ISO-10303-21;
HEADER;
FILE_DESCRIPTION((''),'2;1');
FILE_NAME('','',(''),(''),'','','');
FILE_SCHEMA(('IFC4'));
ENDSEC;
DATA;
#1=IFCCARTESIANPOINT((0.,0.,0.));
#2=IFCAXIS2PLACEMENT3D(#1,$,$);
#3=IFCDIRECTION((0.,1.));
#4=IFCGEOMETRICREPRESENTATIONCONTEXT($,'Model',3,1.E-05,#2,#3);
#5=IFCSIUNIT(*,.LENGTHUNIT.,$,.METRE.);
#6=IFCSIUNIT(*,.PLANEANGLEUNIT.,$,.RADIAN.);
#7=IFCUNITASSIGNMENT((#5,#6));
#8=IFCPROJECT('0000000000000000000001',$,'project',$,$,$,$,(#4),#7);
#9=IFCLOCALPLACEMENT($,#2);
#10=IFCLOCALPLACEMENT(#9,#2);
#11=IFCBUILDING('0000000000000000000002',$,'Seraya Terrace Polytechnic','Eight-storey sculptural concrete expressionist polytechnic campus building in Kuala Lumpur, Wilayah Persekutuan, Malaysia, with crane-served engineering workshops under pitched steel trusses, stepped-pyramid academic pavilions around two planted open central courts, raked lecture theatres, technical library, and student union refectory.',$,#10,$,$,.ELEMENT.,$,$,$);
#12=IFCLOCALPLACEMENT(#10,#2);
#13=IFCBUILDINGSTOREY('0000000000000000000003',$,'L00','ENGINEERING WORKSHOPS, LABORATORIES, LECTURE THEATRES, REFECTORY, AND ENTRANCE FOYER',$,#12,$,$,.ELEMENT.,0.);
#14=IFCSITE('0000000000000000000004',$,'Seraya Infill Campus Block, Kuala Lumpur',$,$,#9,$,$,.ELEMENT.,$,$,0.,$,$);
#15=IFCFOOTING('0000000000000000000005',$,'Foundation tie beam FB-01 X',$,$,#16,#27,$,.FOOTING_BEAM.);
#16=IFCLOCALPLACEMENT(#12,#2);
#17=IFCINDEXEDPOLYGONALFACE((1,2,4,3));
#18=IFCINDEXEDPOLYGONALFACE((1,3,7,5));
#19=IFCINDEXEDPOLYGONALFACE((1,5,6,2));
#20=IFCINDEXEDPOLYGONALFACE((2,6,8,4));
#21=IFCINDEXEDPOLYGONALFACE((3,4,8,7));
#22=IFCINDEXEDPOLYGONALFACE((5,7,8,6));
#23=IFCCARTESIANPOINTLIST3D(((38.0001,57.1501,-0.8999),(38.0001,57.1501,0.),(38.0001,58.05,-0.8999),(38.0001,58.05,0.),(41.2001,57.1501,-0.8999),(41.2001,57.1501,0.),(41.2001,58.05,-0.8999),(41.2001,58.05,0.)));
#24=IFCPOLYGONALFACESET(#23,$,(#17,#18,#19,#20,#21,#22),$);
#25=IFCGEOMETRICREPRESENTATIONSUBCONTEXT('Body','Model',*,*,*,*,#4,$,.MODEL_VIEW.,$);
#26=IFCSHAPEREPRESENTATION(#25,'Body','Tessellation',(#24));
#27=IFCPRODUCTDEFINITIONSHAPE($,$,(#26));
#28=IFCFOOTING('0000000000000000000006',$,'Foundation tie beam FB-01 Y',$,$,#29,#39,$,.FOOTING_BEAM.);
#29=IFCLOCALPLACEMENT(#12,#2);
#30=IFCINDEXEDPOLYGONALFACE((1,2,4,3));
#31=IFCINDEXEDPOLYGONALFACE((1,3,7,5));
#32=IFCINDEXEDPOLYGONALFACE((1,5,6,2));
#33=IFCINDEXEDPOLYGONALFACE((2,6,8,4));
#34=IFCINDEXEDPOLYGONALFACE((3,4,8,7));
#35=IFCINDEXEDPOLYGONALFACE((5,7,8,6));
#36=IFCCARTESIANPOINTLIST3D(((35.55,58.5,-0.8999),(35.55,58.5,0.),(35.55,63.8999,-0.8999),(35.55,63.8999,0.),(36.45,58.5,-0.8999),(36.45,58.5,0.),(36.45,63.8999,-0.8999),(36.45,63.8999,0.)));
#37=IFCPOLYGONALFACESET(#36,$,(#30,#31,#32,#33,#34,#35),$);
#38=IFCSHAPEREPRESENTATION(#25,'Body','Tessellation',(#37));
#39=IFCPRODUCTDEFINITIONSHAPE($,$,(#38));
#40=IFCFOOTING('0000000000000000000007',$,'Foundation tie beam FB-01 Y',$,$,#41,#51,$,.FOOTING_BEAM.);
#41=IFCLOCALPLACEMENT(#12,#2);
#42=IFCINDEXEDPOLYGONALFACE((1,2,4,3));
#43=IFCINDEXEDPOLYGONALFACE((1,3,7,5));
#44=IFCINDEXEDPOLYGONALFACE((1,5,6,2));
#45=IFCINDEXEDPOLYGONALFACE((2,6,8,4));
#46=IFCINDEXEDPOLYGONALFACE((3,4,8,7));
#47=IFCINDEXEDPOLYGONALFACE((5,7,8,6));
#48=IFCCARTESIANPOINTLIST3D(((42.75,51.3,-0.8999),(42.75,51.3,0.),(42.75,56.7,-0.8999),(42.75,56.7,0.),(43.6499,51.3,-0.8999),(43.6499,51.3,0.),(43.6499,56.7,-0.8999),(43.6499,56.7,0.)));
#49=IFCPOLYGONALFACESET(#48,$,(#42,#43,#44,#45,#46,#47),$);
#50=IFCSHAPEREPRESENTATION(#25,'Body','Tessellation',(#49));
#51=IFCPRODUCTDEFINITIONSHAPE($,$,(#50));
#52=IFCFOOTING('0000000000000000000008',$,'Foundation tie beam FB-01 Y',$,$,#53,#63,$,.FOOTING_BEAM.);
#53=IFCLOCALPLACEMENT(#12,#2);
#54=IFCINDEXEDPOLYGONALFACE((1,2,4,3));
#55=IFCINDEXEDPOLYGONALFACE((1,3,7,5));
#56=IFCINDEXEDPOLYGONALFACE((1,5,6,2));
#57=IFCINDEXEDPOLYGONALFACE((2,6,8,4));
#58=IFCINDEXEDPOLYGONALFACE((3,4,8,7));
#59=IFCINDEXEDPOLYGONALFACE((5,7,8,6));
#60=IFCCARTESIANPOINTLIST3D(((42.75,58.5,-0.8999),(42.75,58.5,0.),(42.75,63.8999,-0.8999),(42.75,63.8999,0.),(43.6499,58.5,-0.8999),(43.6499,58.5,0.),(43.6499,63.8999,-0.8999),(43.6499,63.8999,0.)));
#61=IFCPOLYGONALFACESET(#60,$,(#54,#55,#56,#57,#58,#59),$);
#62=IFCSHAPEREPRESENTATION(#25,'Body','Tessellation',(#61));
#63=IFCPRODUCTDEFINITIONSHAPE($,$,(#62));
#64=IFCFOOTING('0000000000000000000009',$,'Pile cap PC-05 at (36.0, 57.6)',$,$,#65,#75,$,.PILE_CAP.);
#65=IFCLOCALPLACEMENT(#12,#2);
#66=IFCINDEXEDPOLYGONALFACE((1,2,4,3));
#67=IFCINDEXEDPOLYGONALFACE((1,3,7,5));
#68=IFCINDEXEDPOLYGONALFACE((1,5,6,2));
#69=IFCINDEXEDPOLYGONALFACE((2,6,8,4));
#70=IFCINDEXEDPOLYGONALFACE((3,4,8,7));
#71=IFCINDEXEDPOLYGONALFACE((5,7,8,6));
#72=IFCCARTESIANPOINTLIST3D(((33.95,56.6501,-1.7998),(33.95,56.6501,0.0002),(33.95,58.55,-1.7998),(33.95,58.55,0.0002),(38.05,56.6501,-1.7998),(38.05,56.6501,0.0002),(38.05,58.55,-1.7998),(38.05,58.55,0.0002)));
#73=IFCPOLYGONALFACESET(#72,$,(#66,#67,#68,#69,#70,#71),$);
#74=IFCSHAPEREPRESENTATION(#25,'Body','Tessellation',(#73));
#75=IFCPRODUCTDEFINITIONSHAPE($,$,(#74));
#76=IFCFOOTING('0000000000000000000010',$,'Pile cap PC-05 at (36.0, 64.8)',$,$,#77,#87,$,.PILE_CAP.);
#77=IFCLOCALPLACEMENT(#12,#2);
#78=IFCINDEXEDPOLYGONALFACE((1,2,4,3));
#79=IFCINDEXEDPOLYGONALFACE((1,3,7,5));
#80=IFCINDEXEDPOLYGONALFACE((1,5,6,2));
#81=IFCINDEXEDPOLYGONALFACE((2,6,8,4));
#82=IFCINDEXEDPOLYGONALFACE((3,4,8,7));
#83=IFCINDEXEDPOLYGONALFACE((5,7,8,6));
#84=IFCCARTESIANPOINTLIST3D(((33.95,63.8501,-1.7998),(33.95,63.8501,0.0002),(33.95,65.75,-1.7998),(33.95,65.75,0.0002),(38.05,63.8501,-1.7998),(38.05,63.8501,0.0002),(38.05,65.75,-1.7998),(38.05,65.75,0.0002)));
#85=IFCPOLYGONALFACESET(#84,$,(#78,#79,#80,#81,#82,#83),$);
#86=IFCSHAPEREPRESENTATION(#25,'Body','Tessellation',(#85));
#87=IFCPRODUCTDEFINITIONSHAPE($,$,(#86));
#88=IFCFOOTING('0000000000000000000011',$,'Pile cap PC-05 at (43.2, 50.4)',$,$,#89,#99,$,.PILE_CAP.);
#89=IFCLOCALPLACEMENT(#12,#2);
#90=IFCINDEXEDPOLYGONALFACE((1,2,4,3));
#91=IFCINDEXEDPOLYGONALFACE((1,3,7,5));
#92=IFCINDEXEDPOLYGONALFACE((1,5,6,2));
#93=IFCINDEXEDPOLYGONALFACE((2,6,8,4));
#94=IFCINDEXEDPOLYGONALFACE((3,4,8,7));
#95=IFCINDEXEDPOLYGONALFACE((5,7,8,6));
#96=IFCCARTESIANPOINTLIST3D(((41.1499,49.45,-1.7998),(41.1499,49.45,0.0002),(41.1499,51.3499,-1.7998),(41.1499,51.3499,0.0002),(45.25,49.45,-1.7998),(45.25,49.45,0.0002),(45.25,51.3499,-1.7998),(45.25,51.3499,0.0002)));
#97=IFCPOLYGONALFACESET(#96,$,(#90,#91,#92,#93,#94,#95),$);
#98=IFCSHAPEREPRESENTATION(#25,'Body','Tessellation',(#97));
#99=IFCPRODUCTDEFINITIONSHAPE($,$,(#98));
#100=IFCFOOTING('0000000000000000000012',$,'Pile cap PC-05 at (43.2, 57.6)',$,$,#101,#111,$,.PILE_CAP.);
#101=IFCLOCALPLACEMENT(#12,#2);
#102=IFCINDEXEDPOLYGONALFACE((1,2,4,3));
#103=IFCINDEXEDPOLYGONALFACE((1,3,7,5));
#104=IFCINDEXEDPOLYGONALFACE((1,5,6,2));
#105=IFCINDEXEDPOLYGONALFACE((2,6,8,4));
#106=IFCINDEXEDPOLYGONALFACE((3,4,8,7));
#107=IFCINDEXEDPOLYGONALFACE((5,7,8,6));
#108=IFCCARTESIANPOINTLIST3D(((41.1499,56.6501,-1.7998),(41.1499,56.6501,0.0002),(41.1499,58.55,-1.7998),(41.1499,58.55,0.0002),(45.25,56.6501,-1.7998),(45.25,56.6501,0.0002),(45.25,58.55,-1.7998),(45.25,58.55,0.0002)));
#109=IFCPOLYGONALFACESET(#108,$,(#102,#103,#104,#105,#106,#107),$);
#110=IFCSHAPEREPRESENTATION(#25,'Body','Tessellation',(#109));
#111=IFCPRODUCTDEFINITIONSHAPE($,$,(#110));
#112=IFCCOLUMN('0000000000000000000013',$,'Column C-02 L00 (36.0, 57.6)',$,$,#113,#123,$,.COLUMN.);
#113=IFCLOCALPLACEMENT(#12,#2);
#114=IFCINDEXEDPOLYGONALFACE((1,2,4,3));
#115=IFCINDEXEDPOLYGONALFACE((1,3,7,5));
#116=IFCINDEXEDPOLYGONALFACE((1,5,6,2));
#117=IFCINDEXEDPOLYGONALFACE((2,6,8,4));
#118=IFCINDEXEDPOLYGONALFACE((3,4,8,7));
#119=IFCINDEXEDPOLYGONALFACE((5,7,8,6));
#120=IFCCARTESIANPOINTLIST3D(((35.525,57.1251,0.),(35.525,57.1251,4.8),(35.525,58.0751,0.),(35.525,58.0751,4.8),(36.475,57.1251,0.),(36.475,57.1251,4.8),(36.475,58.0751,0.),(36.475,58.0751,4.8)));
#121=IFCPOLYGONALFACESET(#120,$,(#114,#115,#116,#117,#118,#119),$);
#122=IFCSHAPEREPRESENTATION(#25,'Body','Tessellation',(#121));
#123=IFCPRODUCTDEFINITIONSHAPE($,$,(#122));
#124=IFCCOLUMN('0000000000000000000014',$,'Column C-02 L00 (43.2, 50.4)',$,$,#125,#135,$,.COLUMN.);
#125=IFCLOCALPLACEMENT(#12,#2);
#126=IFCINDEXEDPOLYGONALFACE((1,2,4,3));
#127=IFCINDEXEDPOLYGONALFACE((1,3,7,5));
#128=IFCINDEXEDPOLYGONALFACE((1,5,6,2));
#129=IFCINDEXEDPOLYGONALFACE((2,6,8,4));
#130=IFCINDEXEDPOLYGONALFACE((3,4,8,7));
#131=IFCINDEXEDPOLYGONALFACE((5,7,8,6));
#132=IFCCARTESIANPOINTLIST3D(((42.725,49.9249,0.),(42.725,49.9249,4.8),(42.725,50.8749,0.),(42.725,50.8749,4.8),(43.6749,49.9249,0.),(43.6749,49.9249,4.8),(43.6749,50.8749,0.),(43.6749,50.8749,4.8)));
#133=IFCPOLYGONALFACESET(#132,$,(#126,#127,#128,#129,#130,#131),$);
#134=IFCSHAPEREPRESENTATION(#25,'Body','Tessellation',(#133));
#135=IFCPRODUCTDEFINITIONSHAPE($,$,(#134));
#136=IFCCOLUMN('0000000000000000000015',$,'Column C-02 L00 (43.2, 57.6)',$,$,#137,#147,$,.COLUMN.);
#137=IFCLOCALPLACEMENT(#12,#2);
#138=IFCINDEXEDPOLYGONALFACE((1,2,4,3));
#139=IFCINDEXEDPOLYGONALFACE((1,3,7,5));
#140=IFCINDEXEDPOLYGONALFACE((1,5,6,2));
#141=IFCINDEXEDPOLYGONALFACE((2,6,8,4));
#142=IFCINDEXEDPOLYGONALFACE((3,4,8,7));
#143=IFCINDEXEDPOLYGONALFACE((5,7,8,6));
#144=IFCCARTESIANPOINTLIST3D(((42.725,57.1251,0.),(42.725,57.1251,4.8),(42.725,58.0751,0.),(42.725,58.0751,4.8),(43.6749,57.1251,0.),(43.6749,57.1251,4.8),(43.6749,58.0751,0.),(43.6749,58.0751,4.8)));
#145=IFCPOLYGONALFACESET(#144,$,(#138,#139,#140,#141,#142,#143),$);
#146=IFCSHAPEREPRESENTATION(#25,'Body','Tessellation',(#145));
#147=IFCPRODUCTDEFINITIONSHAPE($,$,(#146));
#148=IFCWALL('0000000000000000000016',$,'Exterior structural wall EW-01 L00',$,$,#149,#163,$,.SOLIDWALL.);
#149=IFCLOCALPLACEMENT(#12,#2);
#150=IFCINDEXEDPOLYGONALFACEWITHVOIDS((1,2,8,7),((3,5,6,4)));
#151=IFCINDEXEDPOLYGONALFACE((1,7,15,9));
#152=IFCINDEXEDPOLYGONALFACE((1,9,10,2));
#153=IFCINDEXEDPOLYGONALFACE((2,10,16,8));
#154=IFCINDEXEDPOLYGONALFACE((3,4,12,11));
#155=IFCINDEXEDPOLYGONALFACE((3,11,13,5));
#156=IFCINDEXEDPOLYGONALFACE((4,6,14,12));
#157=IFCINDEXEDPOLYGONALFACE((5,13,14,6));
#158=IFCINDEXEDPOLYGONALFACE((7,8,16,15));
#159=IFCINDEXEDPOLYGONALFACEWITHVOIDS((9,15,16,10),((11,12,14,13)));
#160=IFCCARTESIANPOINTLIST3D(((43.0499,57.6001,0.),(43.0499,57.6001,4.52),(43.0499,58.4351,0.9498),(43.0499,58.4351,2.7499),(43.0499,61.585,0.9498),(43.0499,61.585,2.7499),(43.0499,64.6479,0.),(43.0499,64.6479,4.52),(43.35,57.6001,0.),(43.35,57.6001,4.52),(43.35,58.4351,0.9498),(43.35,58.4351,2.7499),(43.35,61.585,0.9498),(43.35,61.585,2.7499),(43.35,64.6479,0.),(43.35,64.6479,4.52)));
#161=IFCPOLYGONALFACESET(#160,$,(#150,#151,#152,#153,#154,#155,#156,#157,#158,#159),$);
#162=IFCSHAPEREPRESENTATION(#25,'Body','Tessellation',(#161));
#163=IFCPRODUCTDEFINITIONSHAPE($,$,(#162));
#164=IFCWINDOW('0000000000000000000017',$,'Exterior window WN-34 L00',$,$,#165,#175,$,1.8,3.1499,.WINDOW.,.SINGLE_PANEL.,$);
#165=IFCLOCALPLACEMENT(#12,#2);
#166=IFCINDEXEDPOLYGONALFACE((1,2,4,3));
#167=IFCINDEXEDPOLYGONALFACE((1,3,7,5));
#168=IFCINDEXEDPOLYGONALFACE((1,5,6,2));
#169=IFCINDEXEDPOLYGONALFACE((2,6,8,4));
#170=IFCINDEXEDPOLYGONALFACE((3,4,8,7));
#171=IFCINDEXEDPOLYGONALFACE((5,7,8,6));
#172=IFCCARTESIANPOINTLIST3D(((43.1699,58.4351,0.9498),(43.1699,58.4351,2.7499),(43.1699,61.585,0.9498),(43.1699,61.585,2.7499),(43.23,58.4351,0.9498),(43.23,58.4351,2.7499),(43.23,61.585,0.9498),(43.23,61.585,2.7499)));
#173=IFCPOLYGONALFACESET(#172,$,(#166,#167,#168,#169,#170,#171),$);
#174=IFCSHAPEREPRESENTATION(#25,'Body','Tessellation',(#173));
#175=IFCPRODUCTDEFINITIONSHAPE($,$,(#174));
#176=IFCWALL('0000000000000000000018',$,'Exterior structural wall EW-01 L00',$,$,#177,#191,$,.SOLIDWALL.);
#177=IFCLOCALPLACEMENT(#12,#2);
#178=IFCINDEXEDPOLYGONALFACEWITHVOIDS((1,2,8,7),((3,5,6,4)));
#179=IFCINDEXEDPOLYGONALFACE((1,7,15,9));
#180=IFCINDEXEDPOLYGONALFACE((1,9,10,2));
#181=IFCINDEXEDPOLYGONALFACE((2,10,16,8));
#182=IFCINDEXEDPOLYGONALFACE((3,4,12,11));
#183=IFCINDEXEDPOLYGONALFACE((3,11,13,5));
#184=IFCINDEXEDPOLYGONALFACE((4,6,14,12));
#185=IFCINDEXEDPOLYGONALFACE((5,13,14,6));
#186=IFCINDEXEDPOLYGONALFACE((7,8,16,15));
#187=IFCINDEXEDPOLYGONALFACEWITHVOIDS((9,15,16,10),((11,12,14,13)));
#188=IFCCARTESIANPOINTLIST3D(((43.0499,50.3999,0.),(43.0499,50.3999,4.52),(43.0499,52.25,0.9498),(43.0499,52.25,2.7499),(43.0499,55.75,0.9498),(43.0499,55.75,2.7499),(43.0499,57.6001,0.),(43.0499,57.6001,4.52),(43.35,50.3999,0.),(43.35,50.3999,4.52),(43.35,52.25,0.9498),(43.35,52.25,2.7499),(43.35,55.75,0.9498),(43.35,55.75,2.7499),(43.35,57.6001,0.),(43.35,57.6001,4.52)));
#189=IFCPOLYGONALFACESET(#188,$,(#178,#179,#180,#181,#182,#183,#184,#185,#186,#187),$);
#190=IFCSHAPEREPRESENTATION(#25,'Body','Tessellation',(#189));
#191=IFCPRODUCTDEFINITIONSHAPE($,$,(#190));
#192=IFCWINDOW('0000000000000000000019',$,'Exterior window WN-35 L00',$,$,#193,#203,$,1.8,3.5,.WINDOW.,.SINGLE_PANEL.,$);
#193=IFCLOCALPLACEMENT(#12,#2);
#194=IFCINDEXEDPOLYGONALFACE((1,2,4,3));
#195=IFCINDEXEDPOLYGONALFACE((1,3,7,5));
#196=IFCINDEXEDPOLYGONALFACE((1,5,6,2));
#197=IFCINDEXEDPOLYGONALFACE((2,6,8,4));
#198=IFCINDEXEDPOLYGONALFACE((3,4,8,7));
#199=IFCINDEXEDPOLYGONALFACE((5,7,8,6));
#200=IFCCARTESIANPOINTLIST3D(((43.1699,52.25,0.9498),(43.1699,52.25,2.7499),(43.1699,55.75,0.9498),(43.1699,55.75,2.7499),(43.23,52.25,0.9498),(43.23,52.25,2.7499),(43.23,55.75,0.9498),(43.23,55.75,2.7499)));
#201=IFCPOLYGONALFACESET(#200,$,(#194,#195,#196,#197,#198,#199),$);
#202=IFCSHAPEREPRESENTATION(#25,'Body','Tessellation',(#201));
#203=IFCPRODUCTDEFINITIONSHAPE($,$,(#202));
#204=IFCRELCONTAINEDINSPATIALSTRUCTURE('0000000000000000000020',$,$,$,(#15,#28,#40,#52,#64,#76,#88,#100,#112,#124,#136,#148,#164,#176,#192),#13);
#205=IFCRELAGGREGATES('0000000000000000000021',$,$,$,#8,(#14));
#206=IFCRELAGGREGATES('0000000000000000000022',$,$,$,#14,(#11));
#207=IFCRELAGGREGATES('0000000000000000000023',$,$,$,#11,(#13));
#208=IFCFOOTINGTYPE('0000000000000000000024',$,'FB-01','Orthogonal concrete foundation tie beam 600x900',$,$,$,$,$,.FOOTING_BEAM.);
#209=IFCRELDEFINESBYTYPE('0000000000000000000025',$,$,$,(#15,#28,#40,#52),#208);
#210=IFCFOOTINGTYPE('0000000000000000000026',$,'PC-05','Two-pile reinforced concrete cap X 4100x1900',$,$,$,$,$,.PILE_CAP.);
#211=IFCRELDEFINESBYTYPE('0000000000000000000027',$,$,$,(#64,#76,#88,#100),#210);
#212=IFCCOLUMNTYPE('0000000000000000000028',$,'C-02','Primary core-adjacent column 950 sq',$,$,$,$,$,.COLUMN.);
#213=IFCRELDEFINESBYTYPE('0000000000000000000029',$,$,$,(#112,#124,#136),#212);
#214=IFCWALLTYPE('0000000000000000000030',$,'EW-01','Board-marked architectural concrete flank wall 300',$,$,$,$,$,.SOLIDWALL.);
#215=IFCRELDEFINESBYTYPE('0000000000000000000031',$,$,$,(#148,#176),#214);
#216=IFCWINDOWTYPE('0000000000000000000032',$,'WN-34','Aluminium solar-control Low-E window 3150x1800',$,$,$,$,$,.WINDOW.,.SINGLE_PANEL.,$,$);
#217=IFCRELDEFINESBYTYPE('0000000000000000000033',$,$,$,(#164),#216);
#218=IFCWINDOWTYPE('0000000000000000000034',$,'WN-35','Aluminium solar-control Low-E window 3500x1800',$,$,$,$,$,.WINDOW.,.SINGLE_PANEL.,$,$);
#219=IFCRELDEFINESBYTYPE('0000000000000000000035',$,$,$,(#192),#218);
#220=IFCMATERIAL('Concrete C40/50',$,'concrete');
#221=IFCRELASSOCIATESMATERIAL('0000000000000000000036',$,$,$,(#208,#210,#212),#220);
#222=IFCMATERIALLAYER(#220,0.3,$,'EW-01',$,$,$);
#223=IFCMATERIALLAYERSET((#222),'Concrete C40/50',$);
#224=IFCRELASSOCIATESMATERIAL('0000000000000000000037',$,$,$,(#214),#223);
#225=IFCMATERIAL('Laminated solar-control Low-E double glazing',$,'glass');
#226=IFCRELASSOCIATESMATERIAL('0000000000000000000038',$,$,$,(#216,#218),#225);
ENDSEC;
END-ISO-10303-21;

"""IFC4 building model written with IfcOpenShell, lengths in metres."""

from ifc_helpers import new_model, si_unit, direction, frame, frame_2d, origin, origin_2d, place, context, subcontext, project, spatial, rectangle, extrude, material, layer, layer_set, material_profile, profile_set, type_object, element, fill, save


model = new_model("IFC4")

# Units and contexts
model_context = context("Model", 3, precision=1e-05, world=origin(), true_north=direction((0.0, 1.0)))
body_context = subcontext(model_context, "Body", "Model", "MODEL_VIEW")
ifc_project = project(units=[si_unit("LENGTHUNIT", "METRE"), si_unit("PLANEANGLEUNIT", "RADIAN")], contexts=[model_context])

# Site, building, storey
site_placement = place(None, origin())
site = spatial("IfcSite", under=ifc_project, at=site_placement, Name="Seraya Infill Campus Block, Kuala Lumpur", CompositionType="ELEMENT", RefElevation=0.0)
building_placement = place(site_placement, origin())
building = spatial("IfcBuilding", under=site, at=building_placement, Name="Seraya Terrace Polytechnic", Description="Eight-storey sculptural concrete expressionist polytechnic campus building in Kuala Lumpur, Wilayah Persekutuan, Malaysia, with crane-served engineering workshops under pitched steel trusses, stepped-pyramid academic pavilions around two planted open central courts, raked lecture theatres, technical library, and student union refectory.", CompositionType="ELEMENT")
storey_placement = place(building_placement, origin())
storey = spatial("IfcBuildingStorey", under=building, at=storey_placement, Name="L00", Description="ENGINEERING WORKSHOPS, LABORATORIES, LECTURE THEATRES, REFECTORY, AND ENTRANCE FOYER", CompositionType="ELEMENT", Elevation=0.0)

# Shared definitions
ifc_material_1 = material(Name="Concrete C40/50", Category="concrete")

# Footings
footing_type_1 = type_object("IfcFootingType", Name="FB-01", Description="Orthogonal concrete foundation tie beam 600x900", PredefinedType="FOOTING_BEAM", material=ifc_material_1)
footing_1_placement = place(storey_placement, frame((39.6001, 57.6001, -0.8999), z_axis=(0.0, 0.0, 1.0), x_axis=(1.0, 0.0, 0.0)))
element("IfcFooting", 1, at=footing_1_placement, inside=storey, type_object=footing_type_1, Name="Foundation tie beam FB-01 X", PredefinedType="FOOTING_BEAM", context=body_context, shape_type="SweptSolid", body=[
    extrude(rectangle(XDim=3.2, YDim=0.8999, at=origin_2d()), origin(), (0.0, 0.0, 1.0), 0.8999),
])
for number, where, z_axis, x_axis, name in (
    (2, (36.0, 61.2, -0.8999), (0.0, 0.0, 1.0), (0.0, 1.0, 0.0), "Foundation tie beam FB-01 Y"),
    (3, (43.2, 54.0, -0.8999), (0.0, 0.0, 1.0), (0.0, 1.0, 0.0), "Foundation tie beam FB-01 Y"),
    (4, (43.2, 61.2, -0.8999), (0.0, 0.0, 1.0), (0.0, 1.0, 0.0), "Foundation tie beam FB-01 Y"),
):
    element("IfcFooting", number, at=place(storey_placement, frame(where, z_axis=z_axis, x_axis=x_axis)), inside=storey, type_object=footing_type_1, Name=name, PredefinedType="FOOTING_BEAM", context=body_context, shape_type="SweptSolid", body=[
        extrude(rectangle(XDim=5.3999, YDim=0.8999, at=origin_2d()), origin(), (0.0, 0.0, 1.0), 0.8999),
    ])
footing_type_2 = type_object("IfcFootingType", Name="PC-05", Description="Two-pile reinforced concrete cap X 4100x1900", PredefinedType="PILE_CAP", material=ifc_material_1)
for number, where, z_axis, x_axis, name in (
    (5, (36.0, 57.6001, -1.7998), (0.0, 0.0, 1.0), (1.0, 0.0, 0.0), "Pile cap PC-05 at (36.0, 57.6)"),
    (6, (36.0, 64.8, -1.7998), (0.0, 0.0, 1.0), (1.0, 0.0, 0.0), "Pile cap PC-05 at (36.0, 64.8)"),
    (7, (43.2, 50.3999, -1.7998), (0.0, 0.0, 1.0), (1.0, 0.0, 0.0), "Pile cap PC-05 at (43.2, 50.4)"),
    (8, (43.2, 57.6001, -1.7998), (0.0, 0.0, 1.0), (1.0, 0.0, 0.0), "Pile cap PC-05 at (43.2, 57.6)"),
):
    element("IfcFooting", number, at=place(storey_placement, frame(where, z_axis=z_axis, x_axis=x_axis)), inside=storey, type_object=footing_type_2, Name=name, PredefinedType="PILE_CAP", context=body_context, shape_type="SweptSolid", body=[
        extrude(rectangle(XDim=4.1001, YDim=1.8999, at=origin_2d()), origin(), (0.0, 0.0, 1.0), 1.8),
    ])

# Columns
ifc_material_profile_1 = material_profile(ifc_material_1, rectangle(XDim=0.95, YDim=0.95, at=origin_2d()), Name="RC 950x950")
ifc_profile_set_1 = profile_set([ifc_material_profile_1], Name="Concrete C40/50")
column_type = type_object("IfcColumnType", Name="C-02", Description="Primary core-adjacent column 950 sq", PredefinedType="COLUMN", material=ifc_profile_set_1)
for number, where, z_axis, x_axis, name in (
    (9, (36.0, 57.6001, 0.0), (0.0, 0.0, 1.0), (1.0, 0.0, 0.0), "Column C-02 L00 (36.0, 57.6)"),
    (10, (43.2, 50.3999, 0.0), (0.0, 0.0, 1.0), (1.0, 0.0, 0.0), "Column C-02 L00 (43.2, 50.4)"),
    (11, (43.2, 57.6001, 0.0), (0.0, 0.0, 1.0), (1.0, 0.0, 0.0), "Column C-02 L00 (43.2, 57.6)"),
):
    element("IfcColumn", number, at=place(storey_placement, frame(where, z_axis=z_axis, x_axis=x_axis)), inside=storey, type_object=column_type, Name=name, PredefinedType="COLUMN", context=body_context, shape_type="SweptSolid", body=[
        extrude(rectangle(XDim=0.95, YDim=0.95, at=origin_2d()), origin(), (0.0, 0.0, 1.0), 4.8),
    ])

# Walls, openings, windows
ifc_layer_1 = layer(ifc_material_1, 0.3, Name="EW-01")
ifc_layer_set_1 = layer_set([ifc_layer_1], Name="Concrete C40/50")
wall_type_1 = type_object("IfcWallType", Name="EW-01", Description="Board-marked architectural concrete flank wall 300", PredefinedType="SOLIDWALL", material=ifc_layer_set_1)
wall_1_placement = place(storey_placement, frame((43.2, 64.6479, 0.0), z_axis=(0.0, 0.0, 1.0), x_axis=(0.0, -1.0, 0.0)))
wall_1 = element("IfcWall", 12, at=wall_1_placement, inside=storey, type_object=wall_type_1, Name="Exterior structural wall EW-01 L00", PredefinedType="SOLIDWALL", context=body_context, shape_type="SweptSolid", body=[
    extrude(rectangle(XDim=7.0479, YDim=0.3, at=frame_2d((3.5239, 0.0))), origin(), (0.0, 0.0, 1.0), 4.52),
])
opening_1_placement = place(wall_1_placement, frame((3.063, 0.0, 0.95)))
opening_1 = element("IfcOpeningElement", 13, at=opening_1_placement, cuts=wall_1, PredefinedType="OPENING", context=body_context, shape_type="SweptSolid", body=[
    extrude(rectangle(XDim=3.1499, YDim=1.8, at=frame_2d((1.575, 0.8999))), frame((0.0, 0.1621, 0.0), z_axis=(0.0, -1.0, 0.0), x_axis=(1.0, 0.0, 0.0)), (0.0, 0.0, 1.0), 0.324),
])
ifc_material_2 = material(Name="Laminated solar-control Low-E double glazing", Category="glass")
window_type_1 = type_object("IfcWindowType", Name="WN-34", Description="Aluminium solar-control Low-E window 3150x1800", PartitioningType="SINGLE_PANEL", PredefinedType="WINDOW", material=ifc_material_2)
window_1_placement = place(opening_1_placement, origin())
window_1 = element("IfcWindow", 14, at=window_1_placement, inside=storey, type_object=window_type_1, Name="Exterior window WN-34 L00", OverallHeight=1.8, OverallWidth=3.1499, PartitioningType="SINGLE_PANEL", PredefinedType="WINDOW", context=body_context, shape_type="SweptSolid", body=[
    extrude(rectangle(XDim=3.1499, YDim=1.8, at=frame_2d((1.575, 0.8999))), frame((0.0, 0.03, 0.0), z_axis=(0.0, -1.0, 0.0), x_axis=(1.0, 0.0, 0.0)), (0.0, 0.0, 1.0), 0.0601),
])
fill(opening_1, window_1)
wall_2_placement = place(storey_placement, frame((43.2, 57.6001, 0.0), z_axis=(0.0, 0.0, 1.0), x_axis=(0.0, -1.0, 0.0)))
wall_2 = element("IfcWall", 15, at=wall_2_placement, inside=storey, type_object=wall_type_1, Name="Exterior structural wall EW-01 L00", PredefinedType="SOLIDWALL", context=body_context, shape_type="SweptSolid", body=[
    extrude(rectangle(XDim=7.2002, YDim=0.3, at=frame_2d((3.6001, 0.0))), origin(), (0.0, 0.0, 1.0), 4.52),
])
opening_2_placement = place(wall_2_placement, frame((1.8501, 0.0, 0.95)))
opening_2 = element("IfcOpeningElement", 16, at=opening_2_placement, cuts=wall_2, PredefinedType="OPENING", context=body_context, shape_type="SweptSolid", body=[
    extrude(rectangle(XDim=3.5, YDim=1.8, at=frame_2d((1.75, 0.8999))), frame((0.0, 0.1621, 0.0), z_axis=(0.0, -1.0, 0.0), x_axis=(1.0, 0.0, 0.0)), (0.0, 0.0, 1.0), 0.324),
])
window_type_2 = type_object("IfcWindowType", Name="WN-35", Description="Aluminium solar-control Low-E window 3500x1800", PartitioningType="SINGLE_PANEL", PredefinedType="WINDOW", material=ifc_material_2)
window_2_placement = place(opening_2_placement, origin())
window_2 = element("IfcWindow", 17, at=window_2_placement, inside=storey, type_object=window_type_2, Name="Exterior window WN-35 L00", OverallHeight=1.8, OverallWidth=3.5, PartitioningType="SINGLE_PANEL", PredefinedType="WINDOW", context=body_context, shape_type="SweptSolid", body=[
    extrude(rectangle(XDim=3.5, YDim=1.8, at=frame_2d((1.75, 0.8999))), frame((0.0, 0.03, 0.0), z_axis=(0.0, -1.0, 0.0), x_axis=(1.0, 0.0, 0.0)), (0.0, 0.0, 1.0), 0.0601),
])
fill(opening_2, window_2)

save(model, "model.ifc")
